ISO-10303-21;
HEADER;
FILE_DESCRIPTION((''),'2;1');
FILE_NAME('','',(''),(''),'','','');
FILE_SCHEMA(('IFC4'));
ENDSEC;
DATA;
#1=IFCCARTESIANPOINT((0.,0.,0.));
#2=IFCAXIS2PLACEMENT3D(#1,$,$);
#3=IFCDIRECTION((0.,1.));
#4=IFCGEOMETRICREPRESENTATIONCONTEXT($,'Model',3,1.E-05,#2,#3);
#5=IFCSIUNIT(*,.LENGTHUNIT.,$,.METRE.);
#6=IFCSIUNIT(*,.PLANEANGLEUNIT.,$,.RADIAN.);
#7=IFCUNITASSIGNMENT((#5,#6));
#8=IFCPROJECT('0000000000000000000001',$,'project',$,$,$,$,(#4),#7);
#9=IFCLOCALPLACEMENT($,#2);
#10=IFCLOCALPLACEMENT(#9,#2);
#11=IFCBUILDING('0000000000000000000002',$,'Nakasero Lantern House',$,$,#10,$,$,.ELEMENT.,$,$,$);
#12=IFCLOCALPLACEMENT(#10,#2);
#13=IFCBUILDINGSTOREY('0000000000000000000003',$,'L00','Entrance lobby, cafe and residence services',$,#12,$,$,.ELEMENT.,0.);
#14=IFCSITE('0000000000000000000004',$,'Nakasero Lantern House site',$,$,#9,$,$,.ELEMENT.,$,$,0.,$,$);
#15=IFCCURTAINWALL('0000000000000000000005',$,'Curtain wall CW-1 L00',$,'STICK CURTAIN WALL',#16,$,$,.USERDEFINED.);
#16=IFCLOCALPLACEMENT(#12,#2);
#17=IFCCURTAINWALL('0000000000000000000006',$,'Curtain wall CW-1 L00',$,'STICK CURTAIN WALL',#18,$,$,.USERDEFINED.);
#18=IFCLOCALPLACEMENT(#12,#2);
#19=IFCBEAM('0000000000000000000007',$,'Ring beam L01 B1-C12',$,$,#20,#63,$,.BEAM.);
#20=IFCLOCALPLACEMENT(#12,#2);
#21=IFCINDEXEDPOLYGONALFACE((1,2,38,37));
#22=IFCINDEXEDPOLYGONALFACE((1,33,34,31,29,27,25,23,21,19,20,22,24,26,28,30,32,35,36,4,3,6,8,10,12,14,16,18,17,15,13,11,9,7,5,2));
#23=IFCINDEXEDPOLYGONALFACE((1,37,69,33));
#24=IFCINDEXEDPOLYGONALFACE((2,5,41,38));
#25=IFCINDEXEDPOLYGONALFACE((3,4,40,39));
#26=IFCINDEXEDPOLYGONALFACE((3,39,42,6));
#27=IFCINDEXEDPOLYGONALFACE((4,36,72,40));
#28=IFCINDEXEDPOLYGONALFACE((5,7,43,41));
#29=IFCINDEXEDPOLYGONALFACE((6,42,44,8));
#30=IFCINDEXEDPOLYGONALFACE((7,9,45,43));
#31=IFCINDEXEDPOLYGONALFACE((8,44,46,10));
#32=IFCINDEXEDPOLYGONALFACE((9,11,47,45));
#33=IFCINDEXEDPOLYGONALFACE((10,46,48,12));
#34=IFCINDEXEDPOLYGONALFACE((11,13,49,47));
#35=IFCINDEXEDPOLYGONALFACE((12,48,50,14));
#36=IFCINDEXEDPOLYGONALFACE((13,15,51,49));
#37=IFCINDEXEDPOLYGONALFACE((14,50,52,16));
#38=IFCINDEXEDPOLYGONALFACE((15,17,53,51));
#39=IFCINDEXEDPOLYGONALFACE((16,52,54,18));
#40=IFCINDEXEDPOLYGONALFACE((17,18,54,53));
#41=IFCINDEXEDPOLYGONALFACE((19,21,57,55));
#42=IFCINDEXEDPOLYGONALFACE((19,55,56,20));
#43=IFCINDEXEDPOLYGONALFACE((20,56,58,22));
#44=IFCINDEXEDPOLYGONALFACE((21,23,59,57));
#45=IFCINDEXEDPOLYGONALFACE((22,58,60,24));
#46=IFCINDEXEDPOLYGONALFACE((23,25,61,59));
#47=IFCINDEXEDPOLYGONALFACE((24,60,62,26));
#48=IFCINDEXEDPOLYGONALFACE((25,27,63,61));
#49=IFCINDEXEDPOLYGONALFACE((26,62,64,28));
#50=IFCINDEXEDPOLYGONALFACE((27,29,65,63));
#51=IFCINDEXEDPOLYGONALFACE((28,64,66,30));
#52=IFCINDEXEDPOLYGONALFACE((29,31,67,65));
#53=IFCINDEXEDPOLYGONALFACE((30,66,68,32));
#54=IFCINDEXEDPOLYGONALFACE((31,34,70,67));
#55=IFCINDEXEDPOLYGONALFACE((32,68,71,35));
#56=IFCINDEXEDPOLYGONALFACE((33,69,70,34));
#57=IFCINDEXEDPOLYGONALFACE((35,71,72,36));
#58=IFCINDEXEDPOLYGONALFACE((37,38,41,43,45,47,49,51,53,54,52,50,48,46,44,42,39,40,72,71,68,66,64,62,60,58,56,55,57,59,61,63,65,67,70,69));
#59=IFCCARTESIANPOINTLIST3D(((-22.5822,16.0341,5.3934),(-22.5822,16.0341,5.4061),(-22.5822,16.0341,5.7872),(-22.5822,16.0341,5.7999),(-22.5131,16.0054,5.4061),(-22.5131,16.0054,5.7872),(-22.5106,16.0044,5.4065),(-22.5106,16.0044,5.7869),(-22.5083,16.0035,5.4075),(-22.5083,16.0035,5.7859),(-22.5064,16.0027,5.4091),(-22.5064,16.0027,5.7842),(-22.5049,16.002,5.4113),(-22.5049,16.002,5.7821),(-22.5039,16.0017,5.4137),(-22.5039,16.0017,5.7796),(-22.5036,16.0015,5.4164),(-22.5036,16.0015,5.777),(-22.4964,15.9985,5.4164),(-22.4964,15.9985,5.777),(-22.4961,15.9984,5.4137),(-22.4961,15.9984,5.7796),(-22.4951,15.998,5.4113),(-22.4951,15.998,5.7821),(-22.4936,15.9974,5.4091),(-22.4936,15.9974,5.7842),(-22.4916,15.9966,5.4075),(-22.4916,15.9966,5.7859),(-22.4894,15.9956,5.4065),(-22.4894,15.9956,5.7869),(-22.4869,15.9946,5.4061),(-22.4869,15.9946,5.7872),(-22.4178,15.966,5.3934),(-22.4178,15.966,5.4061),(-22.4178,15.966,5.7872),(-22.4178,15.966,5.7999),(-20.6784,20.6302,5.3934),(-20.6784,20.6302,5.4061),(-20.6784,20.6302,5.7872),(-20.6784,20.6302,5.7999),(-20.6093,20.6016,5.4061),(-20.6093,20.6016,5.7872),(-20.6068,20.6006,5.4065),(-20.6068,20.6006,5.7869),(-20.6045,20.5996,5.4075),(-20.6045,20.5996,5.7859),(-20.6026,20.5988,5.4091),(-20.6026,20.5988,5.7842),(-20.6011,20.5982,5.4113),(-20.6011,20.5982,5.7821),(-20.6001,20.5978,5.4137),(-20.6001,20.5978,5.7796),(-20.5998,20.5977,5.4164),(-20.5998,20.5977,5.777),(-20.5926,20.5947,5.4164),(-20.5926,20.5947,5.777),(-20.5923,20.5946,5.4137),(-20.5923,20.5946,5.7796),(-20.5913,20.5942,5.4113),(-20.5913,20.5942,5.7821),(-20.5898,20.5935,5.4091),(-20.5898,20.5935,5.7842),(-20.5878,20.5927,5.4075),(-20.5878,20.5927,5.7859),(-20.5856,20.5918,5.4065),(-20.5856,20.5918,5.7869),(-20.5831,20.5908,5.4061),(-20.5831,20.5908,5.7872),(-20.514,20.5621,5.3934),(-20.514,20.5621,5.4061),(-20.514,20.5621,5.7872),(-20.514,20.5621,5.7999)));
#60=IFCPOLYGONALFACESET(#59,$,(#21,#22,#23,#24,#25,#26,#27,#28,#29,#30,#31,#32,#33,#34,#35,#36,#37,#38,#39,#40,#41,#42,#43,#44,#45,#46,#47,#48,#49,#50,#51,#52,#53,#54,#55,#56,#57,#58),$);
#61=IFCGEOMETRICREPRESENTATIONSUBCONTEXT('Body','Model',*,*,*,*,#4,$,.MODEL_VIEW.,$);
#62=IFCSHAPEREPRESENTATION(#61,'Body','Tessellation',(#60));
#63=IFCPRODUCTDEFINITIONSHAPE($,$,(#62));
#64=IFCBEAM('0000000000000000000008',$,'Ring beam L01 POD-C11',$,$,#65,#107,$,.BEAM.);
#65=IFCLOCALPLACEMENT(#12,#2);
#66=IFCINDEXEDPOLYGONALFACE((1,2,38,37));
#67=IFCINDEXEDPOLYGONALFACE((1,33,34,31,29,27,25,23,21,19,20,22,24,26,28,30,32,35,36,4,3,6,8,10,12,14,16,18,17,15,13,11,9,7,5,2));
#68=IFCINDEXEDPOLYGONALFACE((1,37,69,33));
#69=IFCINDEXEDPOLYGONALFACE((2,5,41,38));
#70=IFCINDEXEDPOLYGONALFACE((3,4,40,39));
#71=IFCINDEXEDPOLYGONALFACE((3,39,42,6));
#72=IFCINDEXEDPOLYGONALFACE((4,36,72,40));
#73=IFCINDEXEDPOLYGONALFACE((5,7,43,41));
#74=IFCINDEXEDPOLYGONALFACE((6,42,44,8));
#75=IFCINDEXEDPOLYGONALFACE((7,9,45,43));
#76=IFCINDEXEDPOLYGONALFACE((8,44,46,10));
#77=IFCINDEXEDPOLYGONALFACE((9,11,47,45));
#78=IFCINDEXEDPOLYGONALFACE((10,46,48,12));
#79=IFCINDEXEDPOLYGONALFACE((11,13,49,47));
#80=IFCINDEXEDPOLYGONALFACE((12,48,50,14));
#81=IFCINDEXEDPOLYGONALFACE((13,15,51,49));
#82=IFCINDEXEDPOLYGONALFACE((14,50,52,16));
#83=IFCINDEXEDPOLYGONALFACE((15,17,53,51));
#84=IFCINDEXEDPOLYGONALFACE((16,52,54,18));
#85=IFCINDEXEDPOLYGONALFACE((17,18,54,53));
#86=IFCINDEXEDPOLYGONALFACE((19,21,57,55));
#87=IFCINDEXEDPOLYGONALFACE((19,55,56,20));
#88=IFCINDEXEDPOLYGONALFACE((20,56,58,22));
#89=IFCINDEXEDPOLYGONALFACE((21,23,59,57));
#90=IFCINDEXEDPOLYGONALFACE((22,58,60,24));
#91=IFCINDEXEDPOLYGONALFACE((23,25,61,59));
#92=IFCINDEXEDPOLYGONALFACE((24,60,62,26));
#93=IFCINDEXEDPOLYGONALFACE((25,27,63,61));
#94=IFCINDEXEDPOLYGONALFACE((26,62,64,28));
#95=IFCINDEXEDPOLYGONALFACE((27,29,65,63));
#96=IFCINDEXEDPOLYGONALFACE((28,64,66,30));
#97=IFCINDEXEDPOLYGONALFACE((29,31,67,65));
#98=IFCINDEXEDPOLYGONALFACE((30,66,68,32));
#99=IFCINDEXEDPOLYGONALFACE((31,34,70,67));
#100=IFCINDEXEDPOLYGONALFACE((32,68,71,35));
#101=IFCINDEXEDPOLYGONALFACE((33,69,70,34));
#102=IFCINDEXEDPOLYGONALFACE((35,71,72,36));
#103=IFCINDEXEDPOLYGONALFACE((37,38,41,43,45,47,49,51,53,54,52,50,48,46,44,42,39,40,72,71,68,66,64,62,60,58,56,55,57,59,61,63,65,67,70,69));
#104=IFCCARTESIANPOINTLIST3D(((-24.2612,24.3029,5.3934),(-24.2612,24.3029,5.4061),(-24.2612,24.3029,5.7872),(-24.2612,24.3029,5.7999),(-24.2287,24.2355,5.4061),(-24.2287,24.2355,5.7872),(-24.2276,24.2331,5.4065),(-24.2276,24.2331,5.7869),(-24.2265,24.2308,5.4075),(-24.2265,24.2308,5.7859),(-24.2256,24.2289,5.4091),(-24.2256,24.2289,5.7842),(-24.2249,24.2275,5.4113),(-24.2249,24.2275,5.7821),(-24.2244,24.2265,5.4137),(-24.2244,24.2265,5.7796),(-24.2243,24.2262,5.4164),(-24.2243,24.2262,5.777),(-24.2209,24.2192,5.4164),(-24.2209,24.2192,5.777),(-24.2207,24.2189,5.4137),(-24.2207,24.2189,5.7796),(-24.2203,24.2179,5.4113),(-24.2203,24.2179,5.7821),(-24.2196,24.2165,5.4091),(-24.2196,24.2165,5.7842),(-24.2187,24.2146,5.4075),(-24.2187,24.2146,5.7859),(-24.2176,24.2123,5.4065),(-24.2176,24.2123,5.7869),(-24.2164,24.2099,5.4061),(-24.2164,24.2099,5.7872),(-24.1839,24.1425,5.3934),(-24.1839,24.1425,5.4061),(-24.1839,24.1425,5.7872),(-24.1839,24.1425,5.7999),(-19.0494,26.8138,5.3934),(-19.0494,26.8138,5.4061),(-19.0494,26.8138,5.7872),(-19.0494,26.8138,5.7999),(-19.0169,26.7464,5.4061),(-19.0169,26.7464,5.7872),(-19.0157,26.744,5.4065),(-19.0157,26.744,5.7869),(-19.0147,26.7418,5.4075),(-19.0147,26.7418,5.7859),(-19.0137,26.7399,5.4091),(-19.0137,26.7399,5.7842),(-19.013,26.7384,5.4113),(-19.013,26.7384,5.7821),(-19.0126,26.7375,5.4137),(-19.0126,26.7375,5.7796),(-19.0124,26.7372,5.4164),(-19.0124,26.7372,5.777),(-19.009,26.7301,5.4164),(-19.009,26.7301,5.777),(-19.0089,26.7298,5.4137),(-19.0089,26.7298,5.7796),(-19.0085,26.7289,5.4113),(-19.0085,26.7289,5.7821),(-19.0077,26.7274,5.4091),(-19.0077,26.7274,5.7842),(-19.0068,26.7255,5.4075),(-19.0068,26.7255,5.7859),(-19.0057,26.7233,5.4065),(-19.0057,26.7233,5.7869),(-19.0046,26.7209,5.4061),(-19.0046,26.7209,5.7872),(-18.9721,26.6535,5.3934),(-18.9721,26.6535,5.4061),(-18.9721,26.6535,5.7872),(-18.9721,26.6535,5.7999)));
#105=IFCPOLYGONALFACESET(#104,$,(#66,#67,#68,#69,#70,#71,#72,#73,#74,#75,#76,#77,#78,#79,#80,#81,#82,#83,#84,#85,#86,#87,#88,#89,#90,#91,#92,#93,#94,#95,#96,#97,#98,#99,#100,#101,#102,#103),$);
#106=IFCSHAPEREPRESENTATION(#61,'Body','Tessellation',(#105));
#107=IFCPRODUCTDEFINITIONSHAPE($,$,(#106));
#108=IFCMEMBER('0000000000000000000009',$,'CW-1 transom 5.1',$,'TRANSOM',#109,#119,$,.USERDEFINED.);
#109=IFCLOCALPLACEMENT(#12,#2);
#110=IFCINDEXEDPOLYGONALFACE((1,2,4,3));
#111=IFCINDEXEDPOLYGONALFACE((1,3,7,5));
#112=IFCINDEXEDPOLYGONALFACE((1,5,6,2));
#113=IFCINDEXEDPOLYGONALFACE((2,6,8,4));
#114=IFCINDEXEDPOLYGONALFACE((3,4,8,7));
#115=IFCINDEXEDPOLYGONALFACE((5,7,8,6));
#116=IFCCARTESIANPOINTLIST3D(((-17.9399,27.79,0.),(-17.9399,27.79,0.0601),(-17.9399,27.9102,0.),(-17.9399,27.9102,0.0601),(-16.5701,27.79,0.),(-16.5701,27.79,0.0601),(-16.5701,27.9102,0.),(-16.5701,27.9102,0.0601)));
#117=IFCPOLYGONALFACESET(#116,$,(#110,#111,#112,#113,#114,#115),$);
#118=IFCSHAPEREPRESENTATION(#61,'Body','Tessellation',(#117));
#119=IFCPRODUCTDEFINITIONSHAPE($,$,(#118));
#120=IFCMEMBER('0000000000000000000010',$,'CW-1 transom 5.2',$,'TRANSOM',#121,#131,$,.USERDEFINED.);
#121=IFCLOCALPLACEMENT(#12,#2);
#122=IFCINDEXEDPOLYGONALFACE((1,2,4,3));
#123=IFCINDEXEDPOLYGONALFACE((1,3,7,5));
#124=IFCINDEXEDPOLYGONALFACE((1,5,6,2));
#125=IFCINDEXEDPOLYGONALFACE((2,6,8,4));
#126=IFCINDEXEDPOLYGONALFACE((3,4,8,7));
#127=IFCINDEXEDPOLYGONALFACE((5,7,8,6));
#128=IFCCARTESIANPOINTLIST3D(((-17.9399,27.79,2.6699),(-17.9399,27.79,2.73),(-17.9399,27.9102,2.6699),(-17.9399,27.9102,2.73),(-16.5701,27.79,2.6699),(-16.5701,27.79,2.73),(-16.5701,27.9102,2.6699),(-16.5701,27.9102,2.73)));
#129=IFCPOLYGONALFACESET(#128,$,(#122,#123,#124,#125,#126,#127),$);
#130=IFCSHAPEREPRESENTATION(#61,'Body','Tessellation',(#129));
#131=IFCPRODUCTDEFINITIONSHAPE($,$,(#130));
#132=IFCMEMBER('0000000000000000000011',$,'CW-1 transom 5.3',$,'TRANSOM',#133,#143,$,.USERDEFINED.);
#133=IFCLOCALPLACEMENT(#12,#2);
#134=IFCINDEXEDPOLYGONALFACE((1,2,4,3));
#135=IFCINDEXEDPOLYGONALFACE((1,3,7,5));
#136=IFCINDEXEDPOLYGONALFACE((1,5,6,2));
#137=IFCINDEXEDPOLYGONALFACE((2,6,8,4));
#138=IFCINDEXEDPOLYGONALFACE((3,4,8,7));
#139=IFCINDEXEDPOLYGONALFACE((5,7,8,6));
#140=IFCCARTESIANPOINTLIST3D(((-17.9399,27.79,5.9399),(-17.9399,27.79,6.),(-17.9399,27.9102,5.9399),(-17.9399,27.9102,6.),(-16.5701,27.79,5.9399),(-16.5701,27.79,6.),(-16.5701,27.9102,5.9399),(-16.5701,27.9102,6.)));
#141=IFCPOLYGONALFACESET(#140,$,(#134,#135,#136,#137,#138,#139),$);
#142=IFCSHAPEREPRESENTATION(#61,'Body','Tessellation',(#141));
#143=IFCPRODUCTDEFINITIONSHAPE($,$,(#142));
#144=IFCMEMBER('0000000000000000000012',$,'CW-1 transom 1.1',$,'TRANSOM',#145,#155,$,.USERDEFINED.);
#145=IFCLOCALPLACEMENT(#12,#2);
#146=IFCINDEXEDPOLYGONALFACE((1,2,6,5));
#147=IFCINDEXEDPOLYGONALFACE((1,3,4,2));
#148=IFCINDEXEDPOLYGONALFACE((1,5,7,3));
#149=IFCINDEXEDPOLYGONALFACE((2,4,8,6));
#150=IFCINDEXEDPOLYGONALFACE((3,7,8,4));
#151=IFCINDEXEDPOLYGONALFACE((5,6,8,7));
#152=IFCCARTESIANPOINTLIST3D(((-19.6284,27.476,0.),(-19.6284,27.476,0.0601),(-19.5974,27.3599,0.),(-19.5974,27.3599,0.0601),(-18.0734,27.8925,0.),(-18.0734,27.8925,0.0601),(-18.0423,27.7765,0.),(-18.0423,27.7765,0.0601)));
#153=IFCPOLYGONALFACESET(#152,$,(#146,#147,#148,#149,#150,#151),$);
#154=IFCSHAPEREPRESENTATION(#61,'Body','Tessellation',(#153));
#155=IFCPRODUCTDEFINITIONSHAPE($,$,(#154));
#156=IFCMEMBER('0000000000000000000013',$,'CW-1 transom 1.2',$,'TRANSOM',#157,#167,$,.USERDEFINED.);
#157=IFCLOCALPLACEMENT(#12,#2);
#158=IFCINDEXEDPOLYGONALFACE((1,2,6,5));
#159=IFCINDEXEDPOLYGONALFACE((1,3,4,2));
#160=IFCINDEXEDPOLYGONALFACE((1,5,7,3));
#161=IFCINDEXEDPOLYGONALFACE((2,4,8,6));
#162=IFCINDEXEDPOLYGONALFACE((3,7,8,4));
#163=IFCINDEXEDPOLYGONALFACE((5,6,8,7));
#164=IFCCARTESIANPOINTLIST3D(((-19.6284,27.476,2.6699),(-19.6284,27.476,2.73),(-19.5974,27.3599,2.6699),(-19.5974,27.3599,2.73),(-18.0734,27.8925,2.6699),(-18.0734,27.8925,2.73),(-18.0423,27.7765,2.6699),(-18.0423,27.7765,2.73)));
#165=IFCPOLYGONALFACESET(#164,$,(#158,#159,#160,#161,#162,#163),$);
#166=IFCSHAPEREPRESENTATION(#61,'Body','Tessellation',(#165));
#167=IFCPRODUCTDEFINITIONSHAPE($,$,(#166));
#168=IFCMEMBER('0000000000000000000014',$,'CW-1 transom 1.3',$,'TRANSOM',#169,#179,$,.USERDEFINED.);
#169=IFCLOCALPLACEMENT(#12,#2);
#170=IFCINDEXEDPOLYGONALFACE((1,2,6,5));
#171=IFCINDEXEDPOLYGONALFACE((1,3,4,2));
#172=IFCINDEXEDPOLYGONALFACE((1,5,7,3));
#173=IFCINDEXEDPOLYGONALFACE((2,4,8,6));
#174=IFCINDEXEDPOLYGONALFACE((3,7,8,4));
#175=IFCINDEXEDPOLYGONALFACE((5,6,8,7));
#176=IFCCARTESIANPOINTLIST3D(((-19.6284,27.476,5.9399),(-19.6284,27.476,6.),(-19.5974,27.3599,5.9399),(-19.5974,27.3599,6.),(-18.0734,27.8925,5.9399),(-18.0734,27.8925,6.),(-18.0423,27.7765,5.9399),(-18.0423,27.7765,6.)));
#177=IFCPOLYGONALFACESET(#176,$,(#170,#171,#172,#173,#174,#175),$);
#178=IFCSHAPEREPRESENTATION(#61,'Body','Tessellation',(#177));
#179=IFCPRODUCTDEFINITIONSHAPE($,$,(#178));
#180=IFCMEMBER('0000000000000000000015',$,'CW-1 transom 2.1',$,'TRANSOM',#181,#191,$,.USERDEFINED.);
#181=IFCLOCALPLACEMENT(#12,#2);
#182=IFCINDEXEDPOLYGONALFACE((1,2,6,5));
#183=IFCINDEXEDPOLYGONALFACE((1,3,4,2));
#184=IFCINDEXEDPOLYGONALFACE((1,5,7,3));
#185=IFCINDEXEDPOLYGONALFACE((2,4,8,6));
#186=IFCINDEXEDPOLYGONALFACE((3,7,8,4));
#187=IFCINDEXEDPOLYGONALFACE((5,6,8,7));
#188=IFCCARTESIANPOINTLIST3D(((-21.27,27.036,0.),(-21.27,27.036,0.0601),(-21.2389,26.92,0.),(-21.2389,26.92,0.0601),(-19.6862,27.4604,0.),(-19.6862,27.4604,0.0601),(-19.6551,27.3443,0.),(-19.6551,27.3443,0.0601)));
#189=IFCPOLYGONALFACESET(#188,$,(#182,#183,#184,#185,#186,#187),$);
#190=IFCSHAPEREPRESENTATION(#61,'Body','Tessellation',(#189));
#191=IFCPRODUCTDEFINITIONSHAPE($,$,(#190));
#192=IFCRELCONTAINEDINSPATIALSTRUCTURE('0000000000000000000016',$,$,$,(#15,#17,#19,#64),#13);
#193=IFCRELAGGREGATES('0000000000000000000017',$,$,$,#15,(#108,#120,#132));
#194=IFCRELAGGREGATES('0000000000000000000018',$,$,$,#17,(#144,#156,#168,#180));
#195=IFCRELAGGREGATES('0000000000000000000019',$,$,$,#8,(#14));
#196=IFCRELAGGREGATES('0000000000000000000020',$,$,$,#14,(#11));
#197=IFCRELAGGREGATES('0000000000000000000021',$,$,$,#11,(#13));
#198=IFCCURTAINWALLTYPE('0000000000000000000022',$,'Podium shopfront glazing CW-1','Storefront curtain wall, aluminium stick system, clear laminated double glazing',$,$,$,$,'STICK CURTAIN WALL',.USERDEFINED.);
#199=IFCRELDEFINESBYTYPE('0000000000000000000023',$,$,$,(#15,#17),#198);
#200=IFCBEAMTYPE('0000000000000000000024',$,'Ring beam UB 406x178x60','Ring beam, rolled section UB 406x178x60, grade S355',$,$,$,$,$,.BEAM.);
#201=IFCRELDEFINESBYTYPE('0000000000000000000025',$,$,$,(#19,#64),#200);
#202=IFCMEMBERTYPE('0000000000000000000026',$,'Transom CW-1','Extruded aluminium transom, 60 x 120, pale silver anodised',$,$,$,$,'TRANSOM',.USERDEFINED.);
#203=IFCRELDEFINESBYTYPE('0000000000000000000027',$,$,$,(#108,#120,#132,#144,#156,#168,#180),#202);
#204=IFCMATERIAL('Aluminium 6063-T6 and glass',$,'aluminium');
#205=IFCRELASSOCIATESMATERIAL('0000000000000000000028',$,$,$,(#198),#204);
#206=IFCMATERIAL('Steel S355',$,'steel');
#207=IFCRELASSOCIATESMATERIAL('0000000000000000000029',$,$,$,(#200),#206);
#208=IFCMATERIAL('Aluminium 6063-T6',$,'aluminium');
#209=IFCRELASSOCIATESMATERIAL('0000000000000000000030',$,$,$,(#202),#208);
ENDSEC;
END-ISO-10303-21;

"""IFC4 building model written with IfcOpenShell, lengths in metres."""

from ifc_helpers import new_model, si_unit, direction, frame, origin, origin_2d, place, context, subcontext, project, spatial, rectangle, i_section, extrude, material, material_profile, profile_set, type_object, element, aggregate, save


model = new_model("IFC4")

# Units and contexts
model_context = context("Model", 3, precision=1e-05, world=origin(), true_north=direction((0.0, 1.0)))
body_context = subcontext(model_context, "Body", "Model", "MODEL_VIEW")
ifc_project = project(units=[si_unit("LENGTHUNIT", "METRE"), si_unit("PLANEANGLEUNIT", "RADIAN")], contexts=[model_context])

# Site, building, storey
site_placement = place(None, origin())
site = spatial("IfcSite", under=ifc_project, at=site_placement, Name="Nakasero Lantern House site", CompositionType="ELEMENT", RefElevation=0.0)
building_placement = place(site_placement, origin())
building = spatial("IfcBuilding", under=site, at=building_placement, Name="Nakasero Lantern House", CompositionType="ELEMENT")
storey_placement = place(building_placement, origin())
storey = spatial("IfcBuildingStorey", under=building, at=storey_placement, Name="L00", Description="Entrance lobby, cafe and residence services", CompositionType="ELEMENT", Elevation=0.0)

# Curtain walls
ifc_material_1 = material(Name="Aluminium 6063-T6 and glass", Category="aluminium")
curtain_wall_type = type_object("IfcCurtainWallType", Name="Podium shopfront glazing CW-1", Description="Storefront curtain wall, aluminium stick system, clear laminated double glazing", ElementType="STICK CURTAIN WALL", PredefinedType="USERDEFINED", material=ifc_material_1)
curtain_wall_1_placement = place(storey_placement, origin())
curtain_wall_1 = element("IfcCurtainWall", 1, at=curtain_wall_1_placement, inside=storey, type_object=curtain_wall_type, Name="Curtain wall CW-1 L00", ObjectType="STICK CURTAIN WALL", PredefinedType="USERDEFINED")
curtain_wall_2_placement = place(storey_placement, origin())
curtain_wall_2 = element("IfcCurtainWall", 2, at=curtain_wall_2_placement, inside=storey, type_object=curtain_wall_type, Name="Curtain wall CW-1 L00", ObjectType="STICK CURTAIN WALL", PredefinedType="USERDEFINED")

# Beams
ifc_material_2 = material(Name="Steel S355", Category="steel")
ifc_material_profile_1 = material_profile(ifc_material_2, i_section(OverallWidth=0.178, OverallDepth=0.4065, WebThickness=0.0078, FlangeThickness=0.0127, FilletRadius=0.0103, at=origin_2d()), Name="UB 406x178x60")
ifc_profile_set_1 = profile_set([ifc_material_profile_1], Name="Steel S355")
beam_type_1 = type_object("IfcBeamType", Name="Ring beam UB 406x178x60", Description="Ring beam, rolled section UB 406x178x60, grade S355", PredefinedType="BEAM", material=ifc_profile_set_1)
beam_1_placement = place(storey_placement, frame((-20.5962, 20.5962, 5.5967), z_axis=(-0.382684, -0.923879, 0.0), x_axis=(0.923879, -0.382684, 0.0)))
element("IfcBeam", 3, at=beam_1_placement, inside=storey, type_object=beam_type_1, Name="Ring beam L01 B1-C12", PredefinedType="BEAM", context=body_context, shape_type="SweptSolid", body=[
    extrude(i_section(OverallWidth=0.178, OverallDepth=0.4065, WebThickness=0.0078, FlangeThickness=0.0127, FilletRadius=0.0103, at=origin_2d()), origin(), (0.0, 0.0, 1.0), 4.9749),
])
beam_2_placement = place(storey_placement, frame((-19.0107, 26.7336, 5.5967), z_axis=(-0.900897, -0.434033, 0.0), x_axis=(0.434033, -0.900897, 0.0)))
element("IfcBeam", 4, at=beam_2_placement, inside=storey, type_object=beam_type_1, Name="Ring beam L01 POD-C11", PredefinedType="BEAM", context=body_context, shape_type="SweptSolid", body=[
    extrude(i_section(OverallWidth=0.178, OverallDepth=0.4065, WebThickness=0.0078, FlangeThickness=0.0127, FilletRadius=0.0103, at=origin_2d()), origin(), (0.0, 0.0, 1.0), 5.7852),
])

# Members
ifc_material_3 = material(Name="Aluminium 6063-T6", Category="aluminium")
ifc_material_profile_2 = material_profile(ifc_material_3, rectangle(XDim=0.0601, YDim=0.1201, at=origin_2d()), Name="CW-1 transom 60x120")
ifc_profile_set_2 = profile_set([ifc_material_profile_2], Name="Aluminium 6063-T6")
member_type_1 = type_object("IfcMemberType", Name="Transom CW-1", Description="Extruded aluminium transom, 60 x 120, pale silver anodised", ElementType="TRANSOM", PredefinedType="USERDEFINED", material=ifc_profile_set_2)
member_1_placement = place(storey_placement, frame((-16.5701, 27.8501, 0.03), z_axis=(-1.0, 0.0, 0.0), x_axis=(0.0, 0.0, 1.0)))
member_1 = element("IfcMember", 5, at=member_1_placement, type_object=member_type_1, Name="CW-1 transom 5.1", ObjectType="TRANSOM", PredefinedType="USERDEFINED", context=body_context, shape_type="SweptSolid", body=[
    extrude(rectangle(XDim=0.0601, YDim=0.1201, at=origin_2d()), origin(), (0.0, 0.0, 1.0), 1.3699),
])
member_2_placement = place(storey_placement, frame((-16.5701, 27.8501, 2.7), z_axis=(-1.0, 0.0, 0.0), x_axis=(0.0, 0.0, 1.0)))
member_2 = element("IfcMember", 6, at=member_2_placement, type_object=member_type_1, Name="CW-1 transom 5.2", ObjectType="TRANSOM", PredefinedType="USERDEFINED", context=body_context, shape_type="SweptSolid", body=[
    extrude(rectangle(XDim=0.0601, YDim=0.1201, at=origin_2d()), origin(), (0.0, 0.0, 1.0), 1.3699),
])
member_3_placement = place(storey_placement, frame((-16.5701, 27.8501, 5.97), z_axis=(-1.0, 0.0, 0.0), x_axis=(0.0, 0.0, 1.0)))
member_3 = element("IfcMember", 7, at=member_3_placement, type_object=member_type_1, Name="CW-1 transom 5.3", ObjectType="TRANSOM", PredefinedType="USERDEFINED", context=body_context, shape_type="SweptSolid", body=[
    extrude(rectangle(XDim=0.0601, YDim=0.1201, at=origin_2d()), origin(), (0.0, 0.0, 1.0), 1.3699),
])
member_4_placement = place(storey_placement, frame((-18.0579, 27.8345, 0.03), z_axis=(-0.965947, -0.258739, 0.0), x_axis=(0.0, 0.0, 1.0)))
member_4 = element("IfcMember", 8, at=member_4_placement, type_object=member_type_1, Name="CW-1 transom 1.1", ObjectType="TRANSOM", PredefinedType="USERDEFINED", context=body_context, shape_type="SweptSolid", body=[
    extrude(rectangle(XDim=0.0601, YDim=0.1201, at=origin_2d()), origin(), (0.0, 0.0, 1.0), 1.6099),
])
member_5_placement = place(storey_placement, frame((-18.0579, 27.8345, 2.7), z_axis=(-0.965947, -0.258739, 0.0), x_axis=(0.0, 0.0, 1.0)))
member_5 = element("IfcMember", 9, at=member_5_placement, type_object=member_type_1, Name="CW-1 transom 1.2", ObjectType="TRANSOM", PredefinedType="USERDEFINED", context=body_context, shape_type="SweptSolid", body=[
    extrude(rectangle(XDim=0.0601, YDim=0.1201, at=origin_2d()), origin(), (0.0, 0.0, 1.0), 1.6099),
])
member_6_placement = place(storey_placement, frame((-18.0579, 27.8345, 5.97), z_axis=(-0.965947, -0.258739, 0.0), x_axis=(0.0, 0.0, 1.0)))
member_6 = element("IfcMember", 10, at=member_6_placement, type_object=member_type_1, Name="CW-1 transom 1.3", ObjectType="TRANSOM", PredefinedType="USERDEFINED", context=body_context, shape_type="SweptSolid", body=[
    extrude(rectangle(XDim=0.0601, YDim=0.1201, at=origin_2d()), origin(), (0.0, 0.0, 1.0), 1.6099),
])
member_7_placement = place(storey_placement, frame((-19.6707, 27.4023, 0.03), z_axis=(-0.965933, -0.258793, 0.0), x_axis=(0.0, 0.0, 1.0)))
member_7 = element("IfcMember", 11, at=member_7_placement, type_object=member_type_1, Name="CW-1 transom 2.1", ObjectType="TRANSOM", PredefinedType="USERDEFINED", context=body_context, shape_type="SweptSolid", body=[
    extrude(rectangle(XDim=0.0601, YDim=0.1201, at=origin_2d()), origin(), (0.0, 0.0, 1.0), 1.6396),
])

aggregate(curtain_wall_1, [member_1, member_2, member_3])
aggregate(curtain_wall_2, [member_4, member_5, member_6, member_7])

save(model, "model.ifc")
